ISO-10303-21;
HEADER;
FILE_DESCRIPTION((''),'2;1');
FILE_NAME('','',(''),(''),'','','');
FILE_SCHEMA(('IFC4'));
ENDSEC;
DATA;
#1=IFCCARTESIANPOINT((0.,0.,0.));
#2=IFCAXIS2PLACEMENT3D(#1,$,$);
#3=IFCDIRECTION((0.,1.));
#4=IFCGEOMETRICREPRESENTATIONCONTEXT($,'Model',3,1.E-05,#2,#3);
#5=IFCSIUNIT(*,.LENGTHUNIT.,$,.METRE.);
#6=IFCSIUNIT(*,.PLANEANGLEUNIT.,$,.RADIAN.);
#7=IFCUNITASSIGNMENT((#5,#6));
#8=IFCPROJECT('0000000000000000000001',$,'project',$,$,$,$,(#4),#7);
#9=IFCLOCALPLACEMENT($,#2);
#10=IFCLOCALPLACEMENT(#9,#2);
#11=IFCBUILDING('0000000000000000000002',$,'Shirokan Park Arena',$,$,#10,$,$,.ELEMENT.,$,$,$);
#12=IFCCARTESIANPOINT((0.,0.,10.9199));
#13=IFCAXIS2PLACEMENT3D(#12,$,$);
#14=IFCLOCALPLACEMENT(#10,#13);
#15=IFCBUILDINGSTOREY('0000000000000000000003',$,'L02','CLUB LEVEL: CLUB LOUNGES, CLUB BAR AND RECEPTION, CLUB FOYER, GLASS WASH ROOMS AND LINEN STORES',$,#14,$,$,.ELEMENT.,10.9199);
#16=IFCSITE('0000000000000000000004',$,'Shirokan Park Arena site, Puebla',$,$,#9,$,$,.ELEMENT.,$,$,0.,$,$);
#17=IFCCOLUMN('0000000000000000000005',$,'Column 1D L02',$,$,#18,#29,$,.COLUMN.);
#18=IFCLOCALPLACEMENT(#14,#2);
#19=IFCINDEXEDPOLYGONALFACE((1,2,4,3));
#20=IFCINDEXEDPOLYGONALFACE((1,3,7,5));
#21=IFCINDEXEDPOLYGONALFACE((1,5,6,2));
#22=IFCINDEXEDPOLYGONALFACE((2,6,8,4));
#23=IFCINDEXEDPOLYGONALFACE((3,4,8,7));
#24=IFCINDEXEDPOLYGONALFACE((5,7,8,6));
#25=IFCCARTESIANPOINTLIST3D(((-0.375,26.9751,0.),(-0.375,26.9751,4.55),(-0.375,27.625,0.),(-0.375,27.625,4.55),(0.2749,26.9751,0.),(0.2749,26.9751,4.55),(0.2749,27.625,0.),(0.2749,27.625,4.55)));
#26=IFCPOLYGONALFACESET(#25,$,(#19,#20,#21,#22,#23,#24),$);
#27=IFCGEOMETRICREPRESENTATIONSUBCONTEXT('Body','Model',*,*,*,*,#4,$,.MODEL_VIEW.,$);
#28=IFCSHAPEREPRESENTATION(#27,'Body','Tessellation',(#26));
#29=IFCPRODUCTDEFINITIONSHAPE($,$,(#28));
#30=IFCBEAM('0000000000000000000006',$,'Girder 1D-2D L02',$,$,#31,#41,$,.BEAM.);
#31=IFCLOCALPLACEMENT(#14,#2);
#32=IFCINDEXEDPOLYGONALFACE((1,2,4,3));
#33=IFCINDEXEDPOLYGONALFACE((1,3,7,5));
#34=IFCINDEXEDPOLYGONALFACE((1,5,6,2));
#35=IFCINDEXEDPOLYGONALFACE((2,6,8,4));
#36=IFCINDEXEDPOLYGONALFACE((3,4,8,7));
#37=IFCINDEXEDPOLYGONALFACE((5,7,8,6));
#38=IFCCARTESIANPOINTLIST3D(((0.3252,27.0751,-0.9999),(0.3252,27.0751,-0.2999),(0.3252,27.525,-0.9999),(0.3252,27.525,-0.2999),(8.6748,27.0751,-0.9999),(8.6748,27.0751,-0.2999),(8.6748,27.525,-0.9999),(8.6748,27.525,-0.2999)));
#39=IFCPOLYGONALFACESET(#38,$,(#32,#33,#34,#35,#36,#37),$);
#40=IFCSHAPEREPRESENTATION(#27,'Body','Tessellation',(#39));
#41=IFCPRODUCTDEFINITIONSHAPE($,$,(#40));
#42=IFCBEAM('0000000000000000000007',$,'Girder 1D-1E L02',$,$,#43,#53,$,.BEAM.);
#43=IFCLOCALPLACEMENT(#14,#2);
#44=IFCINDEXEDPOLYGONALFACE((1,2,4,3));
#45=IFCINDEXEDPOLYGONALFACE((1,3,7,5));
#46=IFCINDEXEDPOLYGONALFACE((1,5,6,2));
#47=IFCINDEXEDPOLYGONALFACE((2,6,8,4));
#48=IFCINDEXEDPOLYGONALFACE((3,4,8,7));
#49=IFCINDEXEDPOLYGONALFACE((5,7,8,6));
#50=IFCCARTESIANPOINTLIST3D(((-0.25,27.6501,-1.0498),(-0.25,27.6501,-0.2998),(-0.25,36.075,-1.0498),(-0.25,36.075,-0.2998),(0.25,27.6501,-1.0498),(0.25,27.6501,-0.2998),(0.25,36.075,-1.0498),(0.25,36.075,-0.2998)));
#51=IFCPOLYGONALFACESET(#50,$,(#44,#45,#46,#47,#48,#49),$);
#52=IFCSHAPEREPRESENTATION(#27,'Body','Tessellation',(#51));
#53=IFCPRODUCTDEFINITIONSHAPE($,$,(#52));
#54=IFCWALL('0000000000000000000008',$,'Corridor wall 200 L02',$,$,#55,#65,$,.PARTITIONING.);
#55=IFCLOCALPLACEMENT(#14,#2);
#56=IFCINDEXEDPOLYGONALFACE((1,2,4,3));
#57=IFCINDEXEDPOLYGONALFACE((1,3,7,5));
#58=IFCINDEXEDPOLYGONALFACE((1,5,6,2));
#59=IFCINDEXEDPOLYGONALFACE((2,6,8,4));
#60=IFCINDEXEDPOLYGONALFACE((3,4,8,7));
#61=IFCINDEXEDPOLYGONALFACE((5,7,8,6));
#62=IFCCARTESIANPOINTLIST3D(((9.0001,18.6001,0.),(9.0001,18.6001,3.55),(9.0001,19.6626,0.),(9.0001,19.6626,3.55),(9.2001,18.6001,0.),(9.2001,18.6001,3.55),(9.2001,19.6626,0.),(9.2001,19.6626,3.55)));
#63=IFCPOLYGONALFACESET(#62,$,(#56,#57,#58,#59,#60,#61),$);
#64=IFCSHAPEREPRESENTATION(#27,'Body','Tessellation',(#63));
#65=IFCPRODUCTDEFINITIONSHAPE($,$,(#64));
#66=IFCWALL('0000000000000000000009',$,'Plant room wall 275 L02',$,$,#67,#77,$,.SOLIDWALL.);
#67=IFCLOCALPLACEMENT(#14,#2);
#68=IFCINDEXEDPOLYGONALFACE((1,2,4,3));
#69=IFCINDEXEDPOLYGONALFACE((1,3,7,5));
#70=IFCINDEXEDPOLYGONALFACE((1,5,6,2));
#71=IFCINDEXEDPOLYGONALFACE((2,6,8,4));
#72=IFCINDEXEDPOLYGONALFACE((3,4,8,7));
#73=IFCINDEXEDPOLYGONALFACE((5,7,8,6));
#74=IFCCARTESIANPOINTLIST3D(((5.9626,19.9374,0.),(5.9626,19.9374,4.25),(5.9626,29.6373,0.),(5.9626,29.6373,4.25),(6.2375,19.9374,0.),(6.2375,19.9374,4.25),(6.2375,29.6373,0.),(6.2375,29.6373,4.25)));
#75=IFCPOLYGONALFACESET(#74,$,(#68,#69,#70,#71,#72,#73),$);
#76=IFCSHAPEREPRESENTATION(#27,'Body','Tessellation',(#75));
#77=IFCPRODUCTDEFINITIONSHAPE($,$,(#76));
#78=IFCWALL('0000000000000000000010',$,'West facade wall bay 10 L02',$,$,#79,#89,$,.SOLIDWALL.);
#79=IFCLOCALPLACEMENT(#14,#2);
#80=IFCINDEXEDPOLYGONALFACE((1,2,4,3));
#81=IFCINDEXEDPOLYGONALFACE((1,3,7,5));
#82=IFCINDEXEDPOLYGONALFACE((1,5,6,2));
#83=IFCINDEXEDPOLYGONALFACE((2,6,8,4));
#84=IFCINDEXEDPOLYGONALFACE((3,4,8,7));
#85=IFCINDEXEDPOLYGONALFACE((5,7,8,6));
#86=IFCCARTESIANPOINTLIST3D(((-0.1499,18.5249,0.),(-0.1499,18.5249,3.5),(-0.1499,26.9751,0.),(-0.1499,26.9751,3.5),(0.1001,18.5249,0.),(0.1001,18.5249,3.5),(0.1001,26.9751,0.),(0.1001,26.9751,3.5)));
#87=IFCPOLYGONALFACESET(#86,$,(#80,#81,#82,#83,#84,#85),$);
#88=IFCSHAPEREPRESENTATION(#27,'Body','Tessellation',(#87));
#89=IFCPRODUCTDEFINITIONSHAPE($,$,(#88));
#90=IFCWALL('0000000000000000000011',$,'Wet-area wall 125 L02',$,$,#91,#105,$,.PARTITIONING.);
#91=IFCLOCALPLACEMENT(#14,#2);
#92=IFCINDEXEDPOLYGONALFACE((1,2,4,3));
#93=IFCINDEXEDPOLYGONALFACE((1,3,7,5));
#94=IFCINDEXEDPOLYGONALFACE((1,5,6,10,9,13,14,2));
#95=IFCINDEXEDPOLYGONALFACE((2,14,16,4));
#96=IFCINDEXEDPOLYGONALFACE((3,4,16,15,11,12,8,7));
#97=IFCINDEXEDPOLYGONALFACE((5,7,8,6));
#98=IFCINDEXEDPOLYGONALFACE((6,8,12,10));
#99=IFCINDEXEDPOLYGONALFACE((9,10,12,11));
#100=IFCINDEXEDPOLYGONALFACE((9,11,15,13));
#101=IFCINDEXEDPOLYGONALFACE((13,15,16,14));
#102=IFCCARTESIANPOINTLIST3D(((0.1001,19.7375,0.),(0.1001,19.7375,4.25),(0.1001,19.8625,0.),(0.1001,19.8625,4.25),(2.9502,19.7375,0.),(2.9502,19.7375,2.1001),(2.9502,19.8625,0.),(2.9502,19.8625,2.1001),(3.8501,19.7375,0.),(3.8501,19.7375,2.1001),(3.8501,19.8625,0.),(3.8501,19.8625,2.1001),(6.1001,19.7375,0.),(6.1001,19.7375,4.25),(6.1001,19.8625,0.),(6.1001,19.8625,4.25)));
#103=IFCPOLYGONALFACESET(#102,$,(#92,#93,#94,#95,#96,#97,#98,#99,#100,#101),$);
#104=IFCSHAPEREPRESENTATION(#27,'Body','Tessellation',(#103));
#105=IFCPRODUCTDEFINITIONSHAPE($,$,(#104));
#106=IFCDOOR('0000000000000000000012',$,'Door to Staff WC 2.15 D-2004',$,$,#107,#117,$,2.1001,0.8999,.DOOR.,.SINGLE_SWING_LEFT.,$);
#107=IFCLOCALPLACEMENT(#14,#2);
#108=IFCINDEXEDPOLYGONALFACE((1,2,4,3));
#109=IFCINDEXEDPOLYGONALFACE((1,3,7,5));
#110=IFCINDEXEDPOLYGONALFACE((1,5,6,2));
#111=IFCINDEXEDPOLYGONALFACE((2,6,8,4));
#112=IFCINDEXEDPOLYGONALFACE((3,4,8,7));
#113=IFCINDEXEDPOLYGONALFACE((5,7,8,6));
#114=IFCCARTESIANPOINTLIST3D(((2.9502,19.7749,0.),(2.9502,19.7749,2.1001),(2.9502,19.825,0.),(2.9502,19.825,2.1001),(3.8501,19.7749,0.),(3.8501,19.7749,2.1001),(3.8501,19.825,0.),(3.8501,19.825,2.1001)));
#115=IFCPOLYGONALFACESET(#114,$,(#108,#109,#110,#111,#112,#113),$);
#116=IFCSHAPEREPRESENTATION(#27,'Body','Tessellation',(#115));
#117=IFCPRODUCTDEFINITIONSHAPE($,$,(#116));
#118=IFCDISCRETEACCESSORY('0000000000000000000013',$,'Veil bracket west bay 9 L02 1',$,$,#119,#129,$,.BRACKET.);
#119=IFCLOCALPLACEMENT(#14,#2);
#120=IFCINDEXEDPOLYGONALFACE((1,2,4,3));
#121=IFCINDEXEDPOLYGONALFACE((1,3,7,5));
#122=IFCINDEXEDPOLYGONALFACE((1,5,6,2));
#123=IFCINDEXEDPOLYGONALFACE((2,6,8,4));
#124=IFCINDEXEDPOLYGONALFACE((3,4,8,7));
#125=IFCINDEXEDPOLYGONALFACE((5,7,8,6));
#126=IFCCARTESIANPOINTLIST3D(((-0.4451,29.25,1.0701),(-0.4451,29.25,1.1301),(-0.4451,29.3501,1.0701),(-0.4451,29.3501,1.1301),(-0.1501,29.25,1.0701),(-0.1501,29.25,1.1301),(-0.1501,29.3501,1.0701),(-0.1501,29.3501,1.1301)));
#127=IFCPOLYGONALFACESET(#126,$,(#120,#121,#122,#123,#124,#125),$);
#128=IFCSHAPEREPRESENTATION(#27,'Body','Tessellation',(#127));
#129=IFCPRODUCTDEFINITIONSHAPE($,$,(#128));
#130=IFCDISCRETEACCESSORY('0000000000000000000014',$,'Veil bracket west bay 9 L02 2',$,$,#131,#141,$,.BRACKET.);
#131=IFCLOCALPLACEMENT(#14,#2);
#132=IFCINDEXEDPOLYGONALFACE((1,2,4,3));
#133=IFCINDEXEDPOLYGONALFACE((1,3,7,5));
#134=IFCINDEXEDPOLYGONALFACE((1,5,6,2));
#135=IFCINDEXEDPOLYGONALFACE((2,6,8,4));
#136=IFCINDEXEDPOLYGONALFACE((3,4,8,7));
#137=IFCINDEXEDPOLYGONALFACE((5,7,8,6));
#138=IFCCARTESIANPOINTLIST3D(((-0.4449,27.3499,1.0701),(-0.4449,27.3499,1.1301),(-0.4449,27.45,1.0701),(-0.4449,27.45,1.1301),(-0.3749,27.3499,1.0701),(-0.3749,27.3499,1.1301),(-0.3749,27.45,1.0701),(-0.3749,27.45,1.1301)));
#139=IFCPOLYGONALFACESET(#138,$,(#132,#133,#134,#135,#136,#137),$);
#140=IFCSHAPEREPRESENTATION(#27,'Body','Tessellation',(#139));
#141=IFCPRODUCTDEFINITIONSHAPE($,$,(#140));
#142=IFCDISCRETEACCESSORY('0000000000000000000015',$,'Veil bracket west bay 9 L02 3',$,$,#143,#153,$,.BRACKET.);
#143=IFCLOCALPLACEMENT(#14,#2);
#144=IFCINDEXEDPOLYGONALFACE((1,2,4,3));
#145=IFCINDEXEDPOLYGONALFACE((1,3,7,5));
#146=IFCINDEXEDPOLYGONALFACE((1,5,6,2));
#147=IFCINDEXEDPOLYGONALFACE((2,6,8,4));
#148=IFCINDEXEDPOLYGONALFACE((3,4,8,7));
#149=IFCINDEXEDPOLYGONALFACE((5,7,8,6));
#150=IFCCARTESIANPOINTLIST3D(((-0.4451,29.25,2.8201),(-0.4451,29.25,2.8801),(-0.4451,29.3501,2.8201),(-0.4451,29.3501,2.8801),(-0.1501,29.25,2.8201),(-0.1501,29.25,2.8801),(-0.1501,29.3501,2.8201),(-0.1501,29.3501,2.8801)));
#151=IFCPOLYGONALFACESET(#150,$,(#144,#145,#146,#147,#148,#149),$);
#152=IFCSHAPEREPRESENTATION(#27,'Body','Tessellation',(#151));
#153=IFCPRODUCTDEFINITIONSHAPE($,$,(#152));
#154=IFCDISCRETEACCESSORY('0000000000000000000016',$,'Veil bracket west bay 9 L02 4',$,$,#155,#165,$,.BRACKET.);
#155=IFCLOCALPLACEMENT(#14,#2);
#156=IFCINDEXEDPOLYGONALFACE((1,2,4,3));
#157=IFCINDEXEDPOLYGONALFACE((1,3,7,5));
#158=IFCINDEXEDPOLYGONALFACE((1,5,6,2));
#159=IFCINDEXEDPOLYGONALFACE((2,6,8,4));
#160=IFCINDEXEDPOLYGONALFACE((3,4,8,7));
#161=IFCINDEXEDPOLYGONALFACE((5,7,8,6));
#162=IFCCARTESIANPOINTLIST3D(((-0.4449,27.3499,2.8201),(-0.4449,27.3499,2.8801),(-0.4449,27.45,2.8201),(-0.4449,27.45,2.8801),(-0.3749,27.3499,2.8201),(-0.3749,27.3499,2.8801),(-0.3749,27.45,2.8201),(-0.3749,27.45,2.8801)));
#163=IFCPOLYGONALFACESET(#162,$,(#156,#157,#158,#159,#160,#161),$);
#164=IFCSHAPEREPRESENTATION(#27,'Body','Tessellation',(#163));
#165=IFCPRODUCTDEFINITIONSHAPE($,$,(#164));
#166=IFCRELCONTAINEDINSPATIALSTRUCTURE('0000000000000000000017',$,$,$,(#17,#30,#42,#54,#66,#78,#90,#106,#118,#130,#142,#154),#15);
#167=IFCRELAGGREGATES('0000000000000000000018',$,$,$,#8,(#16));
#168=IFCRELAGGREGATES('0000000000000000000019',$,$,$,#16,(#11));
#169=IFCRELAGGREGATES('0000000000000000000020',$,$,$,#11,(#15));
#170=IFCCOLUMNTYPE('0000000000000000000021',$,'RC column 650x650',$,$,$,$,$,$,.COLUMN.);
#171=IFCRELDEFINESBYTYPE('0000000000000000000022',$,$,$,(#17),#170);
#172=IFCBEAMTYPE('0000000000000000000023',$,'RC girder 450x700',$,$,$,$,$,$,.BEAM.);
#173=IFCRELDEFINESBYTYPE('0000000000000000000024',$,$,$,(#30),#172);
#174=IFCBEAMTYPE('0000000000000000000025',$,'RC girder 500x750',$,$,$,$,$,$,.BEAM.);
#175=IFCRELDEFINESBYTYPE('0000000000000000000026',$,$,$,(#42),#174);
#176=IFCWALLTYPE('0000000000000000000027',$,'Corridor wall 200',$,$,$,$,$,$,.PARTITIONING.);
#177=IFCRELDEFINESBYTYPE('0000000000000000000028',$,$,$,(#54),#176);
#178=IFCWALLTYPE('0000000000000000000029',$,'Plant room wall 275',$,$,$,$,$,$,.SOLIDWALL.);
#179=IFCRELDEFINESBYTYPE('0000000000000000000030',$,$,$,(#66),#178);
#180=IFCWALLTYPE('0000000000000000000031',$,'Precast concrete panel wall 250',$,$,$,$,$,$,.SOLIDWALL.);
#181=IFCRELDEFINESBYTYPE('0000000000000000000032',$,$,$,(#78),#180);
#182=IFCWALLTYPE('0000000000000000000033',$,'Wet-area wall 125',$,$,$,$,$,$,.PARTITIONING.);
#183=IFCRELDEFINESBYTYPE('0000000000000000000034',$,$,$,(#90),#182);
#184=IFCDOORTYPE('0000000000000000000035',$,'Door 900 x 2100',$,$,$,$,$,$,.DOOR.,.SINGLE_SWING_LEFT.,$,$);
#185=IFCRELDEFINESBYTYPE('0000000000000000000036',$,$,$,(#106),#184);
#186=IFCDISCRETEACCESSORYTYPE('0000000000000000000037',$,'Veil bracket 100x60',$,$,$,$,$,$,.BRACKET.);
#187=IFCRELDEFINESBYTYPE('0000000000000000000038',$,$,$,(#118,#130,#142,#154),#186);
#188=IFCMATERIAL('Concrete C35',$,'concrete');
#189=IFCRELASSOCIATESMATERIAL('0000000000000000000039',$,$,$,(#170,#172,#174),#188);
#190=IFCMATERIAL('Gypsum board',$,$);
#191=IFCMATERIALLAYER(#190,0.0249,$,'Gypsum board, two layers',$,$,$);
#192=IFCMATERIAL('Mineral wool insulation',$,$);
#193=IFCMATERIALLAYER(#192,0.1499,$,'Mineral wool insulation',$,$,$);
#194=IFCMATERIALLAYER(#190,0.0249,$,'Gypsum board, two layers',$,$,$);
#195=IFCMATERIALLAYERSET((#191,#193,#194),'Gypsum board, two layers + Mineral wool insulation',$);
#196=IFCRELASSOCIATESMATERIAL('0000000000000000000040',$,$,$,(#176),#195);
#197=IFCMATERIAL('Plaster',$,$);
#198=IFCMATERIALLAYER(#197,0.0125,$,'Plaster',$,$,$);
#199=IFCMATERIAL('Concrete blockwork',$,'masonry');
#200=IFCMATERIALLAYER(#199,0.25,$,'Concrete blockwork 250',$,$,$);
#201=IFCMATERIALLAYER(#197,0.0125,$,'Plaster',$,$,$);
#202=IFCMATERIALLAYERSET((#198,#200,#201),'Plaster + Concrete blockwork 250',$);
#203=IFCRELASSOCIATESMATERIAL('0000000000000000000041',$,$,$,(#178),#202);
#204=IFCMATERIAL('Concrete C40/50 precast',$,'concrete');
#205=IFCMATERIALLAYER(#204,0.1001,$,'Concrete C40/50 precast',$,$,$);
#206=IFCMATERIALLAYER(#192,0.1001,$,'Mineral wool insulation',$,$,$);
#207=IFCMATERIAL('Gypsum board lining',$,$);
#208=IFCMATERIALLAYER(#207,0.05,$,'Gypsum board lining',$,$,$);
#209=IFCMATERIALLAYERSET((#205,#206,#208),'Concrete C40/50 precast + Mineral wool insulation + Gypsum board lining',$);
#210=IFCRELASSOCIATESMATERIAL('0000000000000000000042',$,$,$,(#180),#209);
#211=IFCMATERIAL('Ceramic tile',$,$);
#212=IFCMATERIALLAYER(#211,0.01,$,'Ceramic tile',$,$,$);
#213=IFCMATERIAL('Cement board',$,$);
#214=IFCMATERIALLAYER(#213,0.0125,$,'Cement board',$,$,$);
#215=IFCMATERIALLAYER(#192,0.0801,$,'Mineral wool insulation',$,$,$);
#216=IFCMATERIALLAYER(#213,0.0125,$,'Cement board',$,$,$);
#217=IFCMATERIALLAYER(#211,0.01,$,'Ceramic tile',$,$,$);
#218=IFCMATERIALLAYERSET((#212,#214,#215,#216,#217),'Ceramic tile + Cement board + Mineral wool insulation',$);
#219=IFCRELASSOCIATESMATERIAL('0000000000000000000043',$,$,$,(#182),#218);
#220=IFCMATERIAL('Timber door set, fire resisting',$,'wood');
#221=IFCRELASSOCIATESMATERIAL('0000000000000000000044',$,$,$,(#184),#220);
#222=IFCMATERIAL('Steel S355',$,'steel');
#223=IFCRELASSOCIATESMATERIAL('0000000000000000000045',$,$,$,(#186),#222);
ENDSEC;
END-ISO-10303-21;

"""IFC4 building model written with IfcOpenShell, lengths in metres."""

from ifc_helpers import new_model, si_unit, direction, frame, frame_2d, origin, origin_2d, place, context, subcontext, project, spatial, rectangle, extrude, material, layer, layer_set, material_profile, profile_set, type_object, element, fill, save


model = new_model("IFC4")

# Units and contexts
model_context = context("Model", 3, precision=1e-05, world=origin(), true_north=direction((0.0, 1.0)))
body_context = subcontext(model_context, "Body", "Model", "MODEL_VIEW")
ifc_project = project(units=[si_unit("LENGTHUNIT", "METRE"), si_unit("PLANEANGLEUNIT", "RADIAN")], contexts=[model_context])

# Site, building, storey
site_placement = place(None, origin())
site = spatial("IfcSite", under=ifc_project, at=site_placement, Name="Shirokan Park Arena site, Puebla", CompositionType="ELEMENT", RefElevation=0.0)
building_placement = place(site_placement, origin())
building = spatial("IfcBuilding", under=site, at=building_placement, Name="Shirokan Park Arena", CompositionType="ELEMENT")
storey_placement = place(building_placement, frame((0.0, 0.0, 10.9199)))
storey = spatial("IfcBuildingStorey", under=building, at=storey_placement, Name="L02", Description="CLUB LEVEL: CLUB LOUNGES, CLUB BAR AND RECEPTION, CLUB FOYER, GLASS WASH ROOMS AND LINEN STORES", CompositionType="ELEMENT", Elevation=10.9199)

# Column
ifc_material_1 = material(Name="Concrete C35", Category="concrete")
ifc_material_profile_1 = material_profile(ifc_material_1, rectangle(XDim=0.6499, YDim=0.6499, at=origin_2d()), Name="650x650")
ifc_profile_set_1 = profile_set([ifc_material_profile_1], Name="Concrete C35")
column_type = type_object("IfcColumnType", Name="RC column 650x650", PredefinedType="COLUMN", material=ifc_profile_set_1)
column_placement = place(storey_placement, frame((-0.05, 27.3, 0.0), z_axis=(0.0, 0.0, 1.0), x_axis=(1.0, 0.0, 0.0)))
element("IfcColumn", 1, at=column_placement, inside=storey, type_object=column_type, Name="Column 1D L02", PredefinedType="COLUMN", context=body_context, shape_type="SweptSolid", body=[
    extrude(rectangle(XDim=0.6499, YDim=0.6499, at=origin_2d()), origin(), (0.0, 0.0, 1.0), 4.55),
])

# Beams
ifc_material_profile_2 = material_profile(ifc_material_1, rectangle(XDim=0.45, YDim=0.7, at=origin_2d()), Name="450x700")
ifc_profile_set_2 = profile_set([ifc_material_profile_2], Name="Concrete C35")
beam_type_1 = type_object("IfcBeamType", Name="RC girder 450x700", PredefinedType="BEAM", material=ifc_profile_set_2)
beam_1_placement = place(storey_placement, frame((0.3252, 27.3, -0.6499), z_axis=(1.0, 0.0, 0.0), x_axis=(0.0, 1.0, 0.0)))
element("IfcBeam", 2, at=beam_1_placement, inside=storey, type_object=beam_type_1, Name="Girder 1D-2D L02", PredefinedType="BEAM", context=body_context, shape_type="SweptSolid", body=[
    extrude(rectangle(XDim=0.45, YDim=0.7, at=origin_2d()), origin(), (0.0, 0.0, 1.0), 8.3496),
])
ifc_material_profile_3 = material_profile(ifc_material_1, rectangle(XDim=0.5, YDim=0.75, at=origin_2d()), Name="500x750")
ifc_profile_set_3 = profile_set([ifc_material_profile_3], Name="Concrete C35")
beam_type_2 = type_object("IfcBeamType", Name="RC girder 500x750", PredefinedType="BEAM", material=ifc_profile_set_3)
beam_2_placement = place(storey_placement, frame((0.0, 27.6501, -0.6748), z_axis=(0.0, 1.0, 0.0), x_axis=(-1.0, 0.0, 0.0)))
element("IfcBeam", 3, at=beam_2_placement, inside=storey, type_object=beam_type_2, Name="Girder 1D-1E L02", PredefinedType="BEAM", context=body_context, shape_type="SweptSolid", body=[
    extrude(rectangle(XDim=0.5, YDim=0.75, at=origin_2d()), origin(), (0.0, 0.0, 1.0), 8.4248),
])

# Wall
ifc_material_2 = material(Name="Gypsum board")
ifc_layer_1 = layer(ifc_material_2, 0.0249, Name="Gypsum board, two layers")
ifc_material_3 = material(Name="Mineral wool insulation")
ifc_layer_2 = layer(ifc_material_3, 0.1499, Name="Mineral wool insulation")
ifc_layer_3 = layer(ifc_material_2, 0.0249, Name="Gypsum board, two layers")
ifc_layer_set_1 = layer_set([ifc_layer_1, ifc_layer_2, ifc_layer_3], Name="Gypsum board, two layers + Mineral wool insulation")
wall_type_1 = type_object("IfcWallType", Name="Corridor wall 200", PredefinedType="PARTITIONING", material=ifc_layer_set_1)
wall_1_placement = place(storey_placement, frame((9.1001, 19.6626, 0.0), z_axis=(0.0, 0.0, 1.0), x_axis=(0.0, -1.0, 0.0)))
element("IfcWall", 4, at=wall_1_placement, inside=storey, type_object=wall_type_1, Name="Corridor wall 200 L02", PredefinedType="PARTITIONING", context=body_context, shape_type="SweptSolid", body=[
    extrude(rectangle(XDim=1.0625, YDim=0.2, at=frame_2d((0.5312, 0.0))), origin(), (0.0, 0.0, 1.0), 3.55),
])

# Shared definitions
ifc_material_4 = material(Name="Plaster")
ifc_layer_4 = layer(ifc_material_4, 0.0125, Name="Plaster")
ifc_material_5 = material(Name="Concrete blockwork", Category="masonry")
ifc_layer_5 = layer(ifc_material_5, 0.25, Name="Concrete blockwork 250")
ifc_layer_6 = layer(ifc_material_4, 0.0125, Name="Plaster")
ifc_layer_set_2 = layer_set([ifc_layer_4, ifc_layer_5, ifc_layer_6], Name="Plaster + Concrete blockwork 250")
wall_type_2 = type_object("IfcWallType", Name="Plant room wall 275", PredefinedType="SOLIDWALL", material=ifc_layer_set_2)

# Walls
wall_2_placement = place(storey_placement, frame((6.1001, 29.6375, 0.0), z_axis=(0.0, 0.0, 1.0), x_axis=(0.0, -1.0, 0.0)))
element("IfcWall", 5, at=wall_2_placement, inside=storey, type_object=wall_type_2, Name="Plant room wall 275 L02", PredefinedType="SOLIDWALL", context=body_context, shape_type="SweptSolid", body=[
    extrude(rectangle(XDim=9.7, YDim=0.2749, at=frame_2d((4.8501, 0.0))), origin(), (0.0, 0.0, 1.0), 4.25),
])
ifc_material_6 = material(Name="Concrete C40/50 precast", Category="concrete")
ifc_layer_7 = layer(ifc_material_6, 0.1001, Name="Concrete C40/50 precast")
ifc_layer_8 = layer(ifc_material_3, 0.1001, Name="Mineral wool insulation")
ifc_material_7 = material(Name="Gypsum board lining")
ifc_layer_9 = layer(ifc_material_7, 0.05, Name="Gypsum board lining")
ifc_layer_set_3 = layer_set([ifc_layer_7, ifc_layer_8, ifc_layer_9], Name="Concrete C40/50 precast + Mineral wool insulation + Gypsum board lining")
wall_type_3 = type_object("IfcWallType", Name="Precast concrete panel wall 250", PredefinedType="SOLIDWALL", material=ifc_layer_set_3)
wall_3_placement = place(storey_placement, frame((-0.0249, 26.9751, 0.0), z_axis=(0.0, 0.0, 1.0), x_axis=(0.0, -1.0, 0.0)))
element("IfcWall", 6, at=wall_3_placement, inside=storey, type_object=wall_type_3, Name="West facade wall bay 10 L02", PredefinedType="SOLIDWALL", context=body_context, shape_type="SweptSolid", body=[
    extrude(rectangle(XDim=8.4502, YDim=0.25, at=frame_2d((4.2251, 0.0))), origin(), (0.0, 0.0, 1.0), 3.5),
])

# Wall, opening, door
ifc_material_8 = material(Name="Ceramic tile")
ifc_layer_10 = layer(ifc_material_8, 0.01, Name="Ceramic tile")
ifc_material_9 = material(Name="Cement board")
ifc_layer_11 = layer(ifc_material_9, 0.0125, Name="Cement board")
ifc_layer_12 = layer(ifc_material_3, 0.0801, Name="Mineral wool insulation")
ifc_layer_13 = layer(ifc_material_9, 0.0125, Name="Cement board")
ifc_layer_14 = layer(ifc_material_8, 0.01, Name="Ceramic tile")
ifc_layer_set_4 = layer_set([ifc_layer_10, ifc_layer_11, ifc_layer_12, ifc_layer_13, ifc_layer_14], Name="Ceramic tile + Cement board + Mineral wool insulation")
wall_type_4 = type_object("IfcWallType", Name="Wet-area wall 125", PredefinedType="PARTITIONING", material=ifc_layer_set_4)
wall_4_placement = place(storey_placement, frame((0.1001, 19.8, 0.0), z_axis=(0.0, 0.0, 1.0), x_axis=(1.0, 0.0, 0.0)))
wall_4 = element("IfcWall", 7, at=wall_4_placement, inside=storey, type_object=wall_type_4, Name="Wet-area wall 125 L02", PredefinedType="PARTITIONING", context=body_context, shape_type="SweptSolid", body=[
    extrude(rectangle(XDim=6.0, YDim=0.125, at=frame_2d((3.0, 0.0))), origin(), (0.0, 0.0, 1.0), 4.25),
])
opening_1_placement = place(wall_4_placement, frame((2.8501, 0.0, 0.0)))
opening_1 = element("IfcOpeningElement", 8, at=opening_1_placement, cuts=wall_4, PredefinedType="OPENING", context=body_context, shape_type="SweptSolid", body=[
    extrude(rectangle(XDim=0.8999, YDim=2.1001, at=frame_2d((0.45, 1.05))), frame((0.0, 0.0725, 0.0), z_axis=(0.0, -1.0, 0.0), x_axis=(1.0, 0.0, 0.0)), (0.0, 0.0, 1.0), 0.145),
])
ifc_material_10 = material(Name="Timber door set, fire resisting", Category="wood")
door_type_1 = type_object("IfcDoorType", Name="Door 900 x 2100", OperationType="SINGLE_SWING_LEFT", PredefinedType="DOOR", material=ifc_material_10)
door_1_placement = place(opening_1_placement, origin())
door_1 = element("IfcDoor", 9, at=door_1_placement, inside=storey, type_object=door_type_1, Name="Door to Staff WC 2.15 D-2004", OperationType="SINGLE_SWING_LEFT", OverallHeight=2.1001, OverallWidth=0.8999, PredefinedType="DOOR", context=body_context, shape_type="SweptSolid", body=[
    extrude(rectangle(XDim=0.8999, YDim=2.1001, at=frame_2d((0.45, 1.05))), frame((0.0, 0.0249, 0.0), z_axis=(0.0, -1.0, 0.0), x_axis=(1.0, 0.0, 0.0)), (0.0, 0.0, 1.0), 0.05),
])
fill(opening_1, door_1)

# Discrete accessories
ifc_material_11 = material(Name="Steel S355", Category="steel")
discrete_accessory_type = type_object("IfcDiscreteAccessoryType", Name="Veil bracket 100x60", PredefinedType="BRACKET", material=ifc_material_11)
discrete_accessory_1_placement = place(storey_placement, frame((-0.2976, 29.3, 1.0701), z_axis=(0.0, 0.0, 1.0), x_axis=(0.0, -1.0, 0.0)))
element("IfcDiscreteAccessory", 10, at=discrete_accessory_1_placement, inside=storey, type_object=discrete_accessory_type, Name="Veil bracket west bay 9 L02 1", PredefinedType="BRACKET", context=body_context, shape_type="SweptSolid", body=[
    extrude(rectangle(XDim=0.1001, YDim=0.2949, at=origin_2d()), origin(), (0.0, 0.0, 1.0), 0.0601),
])
discrete_accessory_2_placement = place(storey_placement, frame((-0.4099, 27.3999, 1.0701), z_axis=(0.0, 0.0, 1.0), x_axis=(0.0, -1.0, 0.0)))
element("IfcDiscreteAccessory", 11, at=discrete_accessory_2_placement, inside=storey, type_object=discrete_accessory_type, Name="Veil bracket west bay 9 L02 2", PredefinedType="BRACKET", context=body_context, shape_type="SweptSolid", body=[
    extrude(rectangle(XDim=0.1001, YDim=0.0701, at=origin_2d()), origin(), (0.0, 0.0, 1.0), 0.0601),
])
discrete_accessory_3_placement = place(storey_placement, frame((-0.2976, 29.3, 2.8201), z_axis=(0.0, 0.0, 1.0), x_axis=(0.0, -1.0, 0.0)))
element("IfcDiscreteAccessory", 12, at=discrete_accessory_3_placement, inside=storey, type_object=discrete_accessory_type, Name="Veil bracket west bay 9 L02 3", PredefinedType="BRACKET", context=body_context, shape_type="SweptSolid", body=[
    extrude(rectangle(XDim=0.1001, YDim=0.2949, at=origin_2d()), origin(), (0.0, 0.0, 1.0), 0.0601),
])
for number, where, z_axis, x_axis, name in (
    (13, (-0.4099, 27.3999, 2.8201), (0.0, 0.0, 1.0), (0.0, -1.0, 0.0), "Veil bracket west bay 9 L02 4"),
):
    element("IfcDiscreteAccessory", number, at=place(storey_placement, frame(where, z_axis=z_axis, x_axis=x_axis)), inside=storey, type_object=discrete_accessory_type, Name=name, PredefinedType="BRACKET", context=body_context, shape_type="SweptSolid", body=[
        extrude(rectangle(XDim=0.1001, YDim=0.0701, at=origin_2d()), origin(), (0.0, 0.0, 1.0), 0.0601),
    ])

save(model, "model.ifc")
